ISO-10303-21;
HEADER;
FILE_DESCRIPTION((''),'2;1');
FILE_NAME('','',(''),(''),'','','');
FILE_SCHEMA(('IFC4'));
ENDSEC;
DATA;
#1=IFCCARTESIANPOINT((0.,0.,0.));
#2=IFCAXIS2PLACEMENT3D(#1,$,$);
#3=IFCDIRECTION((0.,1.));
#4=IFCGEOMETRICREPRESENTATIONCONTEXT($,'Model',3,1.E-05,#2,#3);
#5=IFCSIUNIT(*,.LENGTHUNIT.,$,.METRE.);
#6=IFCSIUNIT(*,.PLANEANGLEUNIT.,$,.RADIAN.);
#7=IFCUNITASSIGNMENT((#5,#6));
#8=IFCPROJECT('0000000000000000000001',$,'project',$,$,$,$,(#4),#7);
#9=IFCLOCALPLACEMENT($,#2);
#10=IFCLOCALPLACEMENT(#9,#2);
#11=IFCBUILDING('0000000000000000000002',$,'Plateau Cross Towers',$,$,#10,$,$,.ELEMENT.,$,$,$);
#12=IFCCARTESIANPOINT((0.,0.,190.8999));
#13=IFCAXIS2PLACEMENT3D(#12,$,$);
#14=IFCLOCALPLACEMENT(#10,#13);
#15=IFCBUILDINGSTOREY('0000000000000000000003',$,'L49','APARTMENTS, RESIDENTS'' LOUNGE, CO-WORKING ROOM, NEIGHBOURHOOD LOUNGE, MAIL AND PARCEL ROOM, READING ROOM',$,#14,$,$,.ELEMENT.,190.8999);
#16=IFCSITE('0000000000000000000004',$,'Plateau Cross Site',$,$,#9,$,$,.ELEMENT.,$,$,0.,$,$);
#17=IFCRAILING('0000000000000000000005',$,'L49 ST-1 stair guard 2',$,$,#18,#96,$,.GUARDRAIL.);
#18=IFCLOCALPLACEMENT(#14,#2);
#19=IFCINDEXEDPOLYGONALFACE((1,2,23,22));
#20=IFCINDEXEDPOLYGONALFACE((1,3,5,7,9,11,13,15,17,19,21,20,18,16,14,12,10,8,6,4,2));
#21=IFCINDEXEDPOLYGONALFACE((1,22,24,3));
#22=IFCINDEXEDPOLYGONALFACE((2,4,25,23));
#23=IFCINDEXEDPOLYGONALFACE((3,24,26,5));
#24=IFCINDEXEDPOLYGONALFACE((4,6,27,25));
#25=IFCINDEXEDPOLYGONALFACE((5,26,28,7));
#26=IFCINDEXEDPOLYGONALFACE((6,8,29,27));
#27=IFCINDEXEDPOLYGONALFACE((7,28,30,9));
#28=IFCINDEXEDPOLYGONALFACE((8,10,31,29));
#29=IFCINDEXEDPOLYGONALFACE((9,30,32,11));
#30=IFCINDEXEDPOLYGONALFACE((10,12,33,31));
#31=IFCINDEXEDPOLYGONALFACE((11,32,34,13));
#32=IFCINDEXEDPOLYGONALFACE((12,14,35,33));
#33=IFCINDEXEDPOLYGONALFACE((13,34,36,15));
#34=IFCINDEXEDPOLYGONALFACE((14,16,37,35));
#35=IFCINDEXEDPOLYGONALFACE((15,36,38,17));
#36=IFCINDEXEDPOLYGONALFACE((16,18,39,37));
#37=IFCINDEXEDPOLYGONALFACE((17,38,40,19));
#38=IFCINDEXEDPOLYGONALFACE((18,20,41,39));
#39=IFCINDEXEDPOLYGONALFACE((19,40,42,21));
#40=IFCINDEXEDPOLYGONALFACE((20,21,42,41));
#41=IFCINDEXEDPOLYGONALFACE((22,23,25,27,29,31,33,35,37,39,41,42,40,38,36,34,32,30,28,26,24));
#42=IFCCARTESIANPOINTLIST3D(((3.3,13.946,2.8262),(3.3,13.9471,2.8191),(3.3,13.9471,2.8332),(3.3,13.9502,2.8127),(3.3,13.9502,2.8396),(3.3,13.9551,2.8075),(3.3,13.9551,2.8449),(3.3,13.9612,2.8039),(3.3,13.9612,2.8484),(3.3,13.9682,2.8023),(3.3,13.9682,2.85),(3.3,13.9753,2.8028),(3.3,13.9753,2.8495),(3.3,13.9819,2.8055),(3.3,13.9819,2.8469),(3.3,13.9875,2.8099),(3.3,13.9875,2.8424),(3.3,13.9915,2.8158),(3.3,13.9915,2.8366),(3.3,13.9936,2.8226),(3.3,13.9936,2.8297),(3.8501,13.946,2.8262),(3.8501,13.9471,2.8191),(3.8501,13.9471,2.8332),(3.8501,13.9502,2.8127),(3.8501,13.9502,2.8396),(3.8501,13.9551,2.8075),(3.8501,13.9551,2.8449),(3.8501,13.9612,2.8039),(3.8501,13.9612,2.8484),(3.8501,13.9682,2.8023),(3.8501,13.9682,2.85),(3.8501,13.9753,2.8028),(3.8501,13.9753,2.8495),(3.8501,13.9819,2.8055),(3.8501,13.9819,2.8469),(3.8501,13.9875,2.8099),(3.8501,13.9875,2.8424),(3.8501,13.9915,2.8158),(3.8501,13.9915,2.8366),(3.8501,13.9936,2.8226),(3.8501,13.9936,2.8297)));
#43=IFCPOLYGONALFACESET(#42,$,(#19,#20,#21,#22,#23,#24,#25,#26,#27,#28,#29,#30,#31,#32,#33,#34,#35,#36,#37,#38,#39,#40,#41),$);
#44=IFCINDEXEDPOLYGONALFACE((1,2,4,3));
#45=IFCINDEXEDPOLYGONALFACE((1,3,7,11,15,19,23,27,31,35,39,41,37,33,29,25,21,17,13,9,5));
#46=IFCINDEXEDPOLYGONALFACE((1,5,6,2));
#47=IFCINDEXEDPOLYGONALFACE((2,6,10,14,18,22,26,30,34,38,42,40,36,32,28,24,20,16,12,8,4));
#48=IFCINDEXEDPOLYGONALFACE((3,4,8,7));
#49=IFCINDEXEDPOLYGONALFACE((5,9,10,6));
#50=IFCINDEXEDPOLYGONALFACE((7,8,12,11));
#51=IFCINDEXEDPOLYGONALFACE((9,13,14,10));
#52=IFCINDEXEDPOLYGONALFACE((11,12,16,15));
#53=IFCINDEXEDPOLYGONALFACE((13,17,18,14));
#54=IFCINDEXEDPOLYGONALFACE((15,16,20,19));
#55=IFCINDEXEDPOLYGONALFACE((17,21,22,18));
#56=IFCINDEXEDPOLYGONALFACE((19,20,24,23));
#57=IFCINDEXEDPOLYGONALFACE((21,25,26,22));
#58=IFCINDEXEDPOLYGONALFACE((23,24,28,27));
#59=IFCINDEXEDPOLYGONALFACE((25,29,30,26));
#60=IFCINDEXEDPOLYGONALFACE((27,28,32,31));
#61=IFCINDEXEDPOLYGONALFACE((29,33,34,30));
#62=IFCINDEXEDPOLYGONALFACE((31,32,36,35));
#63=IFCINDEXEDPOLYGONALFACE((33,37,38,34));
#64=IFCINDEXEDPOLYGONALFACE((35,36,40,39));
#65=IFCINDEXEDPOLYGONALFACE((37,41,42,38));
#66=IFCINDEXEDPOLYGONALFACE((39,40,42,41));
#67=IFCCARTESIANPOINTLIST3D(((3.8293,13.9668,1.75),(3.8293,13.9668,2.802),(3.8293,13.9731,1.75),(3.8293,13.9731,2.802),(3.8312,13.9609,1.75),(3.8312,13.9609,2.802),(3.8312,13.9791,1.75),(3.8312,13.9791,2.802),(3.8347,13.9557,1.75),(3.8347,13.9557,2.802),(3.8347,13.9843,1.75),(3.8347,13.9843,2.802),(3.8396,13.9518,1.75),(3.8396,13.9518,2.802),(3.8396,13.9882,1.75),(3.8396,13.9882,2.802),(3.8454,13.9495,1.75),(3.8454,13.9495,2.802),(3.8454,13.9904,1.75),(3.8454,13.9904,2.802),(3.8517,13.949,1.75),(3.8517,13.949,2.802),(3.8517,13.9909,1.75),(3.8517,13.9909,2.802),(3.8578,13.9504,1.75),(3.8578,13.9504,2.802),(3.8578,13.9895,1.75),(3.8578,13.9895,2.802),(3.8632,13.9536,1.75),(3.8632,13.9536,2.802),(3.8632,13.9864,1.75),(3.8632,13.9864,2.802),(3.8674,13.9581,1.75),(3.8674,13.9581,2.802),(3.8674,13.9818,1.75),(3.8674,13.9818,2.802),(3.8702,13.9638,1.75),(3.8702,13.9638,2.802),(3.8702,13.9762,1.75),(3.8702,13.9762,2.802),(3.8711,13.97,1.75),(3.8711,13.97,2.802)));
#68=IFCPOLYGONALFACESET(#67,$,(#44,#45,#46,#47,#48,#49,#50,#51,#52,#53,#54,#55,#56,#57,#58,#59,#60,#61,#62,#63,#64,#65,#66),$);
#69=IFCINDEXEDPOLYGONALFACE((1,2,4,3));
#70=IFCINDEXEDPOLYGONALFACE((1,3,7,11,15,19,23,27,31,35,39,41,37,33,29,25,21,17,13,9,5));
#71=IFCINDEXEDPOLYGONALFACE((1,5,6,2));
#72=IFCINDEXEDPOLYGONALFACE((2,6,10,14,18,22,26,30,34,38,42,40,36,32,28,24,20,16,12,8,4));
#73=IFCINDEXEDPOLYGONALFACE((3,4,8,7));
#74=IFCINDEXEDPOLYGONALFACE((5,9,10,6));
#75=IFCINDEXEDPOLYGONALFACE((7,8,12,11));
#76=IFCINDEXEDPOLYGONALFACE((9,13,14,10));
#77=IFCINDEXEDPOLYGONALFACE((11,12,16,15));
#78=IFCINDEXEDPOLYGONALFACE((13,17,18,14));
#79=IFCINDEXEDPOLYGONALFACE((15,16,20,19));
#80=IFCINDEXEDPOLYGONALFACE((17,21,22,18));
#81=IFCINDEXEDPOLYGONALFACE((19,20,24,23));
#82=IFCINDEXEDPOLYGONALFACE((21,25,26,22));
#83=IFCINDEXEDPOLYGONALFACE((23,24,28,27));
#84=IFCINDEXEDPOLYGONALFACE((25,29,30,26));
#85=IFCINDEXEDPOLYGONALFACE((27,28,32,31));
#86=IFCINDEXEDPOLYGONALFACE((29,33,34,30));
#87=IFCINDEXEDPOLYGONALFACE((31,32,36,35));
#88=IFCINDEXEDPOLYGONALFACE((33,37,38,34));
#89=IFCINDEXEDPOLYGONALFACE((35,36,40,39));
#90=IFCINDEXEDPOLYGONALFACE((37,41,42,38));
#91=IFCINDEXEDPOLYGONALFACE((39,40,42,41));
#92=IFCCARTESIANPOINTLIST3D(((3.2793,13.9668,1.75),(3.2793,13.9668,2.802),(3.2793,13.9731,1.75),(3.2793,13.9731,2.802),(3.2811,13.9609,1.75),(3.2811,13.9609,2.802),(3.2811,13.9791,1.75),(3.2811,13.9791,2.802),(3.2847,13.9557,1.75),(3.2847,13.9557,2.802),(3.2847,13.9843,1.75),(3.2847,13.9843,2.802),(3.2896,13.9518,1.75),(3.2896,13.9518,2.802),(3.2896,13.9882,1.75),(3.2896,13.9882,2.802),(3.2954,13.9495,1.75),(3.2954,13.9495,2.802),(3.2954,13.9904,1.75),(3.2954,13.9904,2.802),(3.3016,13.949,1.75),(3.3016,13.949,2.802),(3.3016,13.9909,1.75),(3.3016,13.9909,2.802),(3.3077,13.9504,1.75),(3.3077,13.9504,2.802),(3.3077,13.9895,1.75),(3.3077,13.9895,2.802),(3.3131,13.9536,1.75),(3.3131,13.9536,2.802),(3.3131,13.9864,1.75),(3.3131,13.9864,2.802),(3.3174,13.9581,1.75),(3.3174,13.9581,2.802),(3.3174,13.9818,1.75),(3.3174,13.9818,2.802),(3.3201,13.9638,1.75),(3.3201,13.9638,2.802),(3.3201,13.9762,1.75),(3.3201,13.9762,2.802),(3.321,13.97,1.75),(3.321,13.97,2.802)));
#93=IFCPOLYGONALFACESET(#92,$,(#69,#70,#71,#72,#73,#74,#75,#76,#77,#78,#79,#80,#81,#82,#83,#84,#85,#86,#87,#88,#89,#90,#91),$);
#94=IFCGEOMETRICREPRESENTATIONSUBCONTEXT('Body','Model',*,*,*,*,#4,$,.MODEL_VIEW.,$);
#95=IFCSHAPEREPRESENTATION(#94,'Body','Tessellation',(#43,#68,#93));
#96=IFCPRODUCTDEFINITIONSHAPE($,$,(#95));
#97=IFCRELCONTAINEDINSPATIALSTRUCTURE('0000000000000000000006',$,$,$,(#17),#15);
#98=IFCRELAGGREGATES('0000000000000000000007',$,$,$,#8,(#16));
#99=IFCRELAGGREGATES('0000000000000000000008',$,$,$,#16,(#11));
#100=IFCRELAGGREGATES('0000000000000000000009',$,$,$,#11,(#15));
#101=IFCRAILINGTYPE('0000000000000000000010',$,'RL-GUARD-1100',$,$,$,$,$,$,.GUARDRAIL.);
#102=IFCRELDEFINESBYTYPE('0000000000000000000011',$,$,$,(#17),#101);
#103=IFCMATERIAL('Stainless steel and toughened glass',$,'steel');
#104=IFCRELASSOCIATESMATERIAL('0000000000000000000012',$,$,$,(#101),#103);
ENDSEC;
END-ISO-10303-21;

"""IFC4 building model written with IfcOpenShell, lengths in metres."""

from ifc_helpers import new_model, si_unit, direction, frame, origin, origin_2d, place, context, subcontext, project, spatial, circle, extrude, material, type_object, element, save


model = new_model("IFC4")

# Units and contexts
model_context = context("Model", 3, precision=1e-05, world=origin(), true_north=direction((0.0, 1.0)))
body_context = subcontext(model_context, "Body", "Model", "MODEL_VIEW")
ifc_project = project(units=[si_unit("LENGTHUNIT", "METRE"), si_unit("PLANEANGLEUNIT", "RADIAN")], contexts=[model_context])

# Site, building, storey
site_placement = place(None, origin())
site = spatial("IfcSite", under=ifc_project, at=site_placement, Name="Plateau Cross Site", CompositionType="ELEMENT", RefElevation=0.0)
building_placement = place(site_placement, origin())
building = spatial("IfcBuilding", under=site, at=building_placement, Name="Plateau Cross Towers", CompositionType="ELEMENT")
storey_placement = place(building_placement, frame((0.0, 0.0, 190.8999)))
storey = spatial("IfcBuildingStorey", under=building, at=storey_placement, Name="L49", Description="APARTMENTS, RESIDENTS' LOUNGE, CO-WORKING ROOM, NEIGHBOURHOOD LOUNGE, MAIL AND PARCEL ROOM, READING ROOM", CompositionType="ELEMENT", Elevation=190.8999)

# Railing
ifc_material_1 = material(Name="Stainless steel and toughened glass", Category="steel")
railing_type_1 = type_object("IfcRailingType", Name="RL-GUARD-1100", PredefinedType="GUARDRAIL", material=ifc_material_1)
railing_1_placement = place(storey_placement, frame((3.8501, 13.97, 1.75)))
element("IfcRailing", 1, at=railing_1_placement, inside=storey, type_object=railing_type_1, Name="L49 ST-1 stair guard 2", PredefinedType="GUARDRAIL", context=body_context, shape_type="SweptSolid", body=[
    extrude(circle(Radius=0.0239, at=origin_2d()), frame((0.0, 0.0, 1.0762), z_axis=(-1.0, 0.0, 0.0), x_axis=(0.0, -1.0, 0.0)), (0.0, 0.0, 1.0), 0.55),
    extrude(circle(Radius=0.021, at=origin_2d()), origin(), (0.0, 0.0, 1.0), 1.052),
    extrude(circle(Radius=0.021, at=origin_2d()), frame((-0.55, 0.0, 0.0)), (0.0, 0.0, 1.0), 1.052),
])

save(model, "model.ifc")
